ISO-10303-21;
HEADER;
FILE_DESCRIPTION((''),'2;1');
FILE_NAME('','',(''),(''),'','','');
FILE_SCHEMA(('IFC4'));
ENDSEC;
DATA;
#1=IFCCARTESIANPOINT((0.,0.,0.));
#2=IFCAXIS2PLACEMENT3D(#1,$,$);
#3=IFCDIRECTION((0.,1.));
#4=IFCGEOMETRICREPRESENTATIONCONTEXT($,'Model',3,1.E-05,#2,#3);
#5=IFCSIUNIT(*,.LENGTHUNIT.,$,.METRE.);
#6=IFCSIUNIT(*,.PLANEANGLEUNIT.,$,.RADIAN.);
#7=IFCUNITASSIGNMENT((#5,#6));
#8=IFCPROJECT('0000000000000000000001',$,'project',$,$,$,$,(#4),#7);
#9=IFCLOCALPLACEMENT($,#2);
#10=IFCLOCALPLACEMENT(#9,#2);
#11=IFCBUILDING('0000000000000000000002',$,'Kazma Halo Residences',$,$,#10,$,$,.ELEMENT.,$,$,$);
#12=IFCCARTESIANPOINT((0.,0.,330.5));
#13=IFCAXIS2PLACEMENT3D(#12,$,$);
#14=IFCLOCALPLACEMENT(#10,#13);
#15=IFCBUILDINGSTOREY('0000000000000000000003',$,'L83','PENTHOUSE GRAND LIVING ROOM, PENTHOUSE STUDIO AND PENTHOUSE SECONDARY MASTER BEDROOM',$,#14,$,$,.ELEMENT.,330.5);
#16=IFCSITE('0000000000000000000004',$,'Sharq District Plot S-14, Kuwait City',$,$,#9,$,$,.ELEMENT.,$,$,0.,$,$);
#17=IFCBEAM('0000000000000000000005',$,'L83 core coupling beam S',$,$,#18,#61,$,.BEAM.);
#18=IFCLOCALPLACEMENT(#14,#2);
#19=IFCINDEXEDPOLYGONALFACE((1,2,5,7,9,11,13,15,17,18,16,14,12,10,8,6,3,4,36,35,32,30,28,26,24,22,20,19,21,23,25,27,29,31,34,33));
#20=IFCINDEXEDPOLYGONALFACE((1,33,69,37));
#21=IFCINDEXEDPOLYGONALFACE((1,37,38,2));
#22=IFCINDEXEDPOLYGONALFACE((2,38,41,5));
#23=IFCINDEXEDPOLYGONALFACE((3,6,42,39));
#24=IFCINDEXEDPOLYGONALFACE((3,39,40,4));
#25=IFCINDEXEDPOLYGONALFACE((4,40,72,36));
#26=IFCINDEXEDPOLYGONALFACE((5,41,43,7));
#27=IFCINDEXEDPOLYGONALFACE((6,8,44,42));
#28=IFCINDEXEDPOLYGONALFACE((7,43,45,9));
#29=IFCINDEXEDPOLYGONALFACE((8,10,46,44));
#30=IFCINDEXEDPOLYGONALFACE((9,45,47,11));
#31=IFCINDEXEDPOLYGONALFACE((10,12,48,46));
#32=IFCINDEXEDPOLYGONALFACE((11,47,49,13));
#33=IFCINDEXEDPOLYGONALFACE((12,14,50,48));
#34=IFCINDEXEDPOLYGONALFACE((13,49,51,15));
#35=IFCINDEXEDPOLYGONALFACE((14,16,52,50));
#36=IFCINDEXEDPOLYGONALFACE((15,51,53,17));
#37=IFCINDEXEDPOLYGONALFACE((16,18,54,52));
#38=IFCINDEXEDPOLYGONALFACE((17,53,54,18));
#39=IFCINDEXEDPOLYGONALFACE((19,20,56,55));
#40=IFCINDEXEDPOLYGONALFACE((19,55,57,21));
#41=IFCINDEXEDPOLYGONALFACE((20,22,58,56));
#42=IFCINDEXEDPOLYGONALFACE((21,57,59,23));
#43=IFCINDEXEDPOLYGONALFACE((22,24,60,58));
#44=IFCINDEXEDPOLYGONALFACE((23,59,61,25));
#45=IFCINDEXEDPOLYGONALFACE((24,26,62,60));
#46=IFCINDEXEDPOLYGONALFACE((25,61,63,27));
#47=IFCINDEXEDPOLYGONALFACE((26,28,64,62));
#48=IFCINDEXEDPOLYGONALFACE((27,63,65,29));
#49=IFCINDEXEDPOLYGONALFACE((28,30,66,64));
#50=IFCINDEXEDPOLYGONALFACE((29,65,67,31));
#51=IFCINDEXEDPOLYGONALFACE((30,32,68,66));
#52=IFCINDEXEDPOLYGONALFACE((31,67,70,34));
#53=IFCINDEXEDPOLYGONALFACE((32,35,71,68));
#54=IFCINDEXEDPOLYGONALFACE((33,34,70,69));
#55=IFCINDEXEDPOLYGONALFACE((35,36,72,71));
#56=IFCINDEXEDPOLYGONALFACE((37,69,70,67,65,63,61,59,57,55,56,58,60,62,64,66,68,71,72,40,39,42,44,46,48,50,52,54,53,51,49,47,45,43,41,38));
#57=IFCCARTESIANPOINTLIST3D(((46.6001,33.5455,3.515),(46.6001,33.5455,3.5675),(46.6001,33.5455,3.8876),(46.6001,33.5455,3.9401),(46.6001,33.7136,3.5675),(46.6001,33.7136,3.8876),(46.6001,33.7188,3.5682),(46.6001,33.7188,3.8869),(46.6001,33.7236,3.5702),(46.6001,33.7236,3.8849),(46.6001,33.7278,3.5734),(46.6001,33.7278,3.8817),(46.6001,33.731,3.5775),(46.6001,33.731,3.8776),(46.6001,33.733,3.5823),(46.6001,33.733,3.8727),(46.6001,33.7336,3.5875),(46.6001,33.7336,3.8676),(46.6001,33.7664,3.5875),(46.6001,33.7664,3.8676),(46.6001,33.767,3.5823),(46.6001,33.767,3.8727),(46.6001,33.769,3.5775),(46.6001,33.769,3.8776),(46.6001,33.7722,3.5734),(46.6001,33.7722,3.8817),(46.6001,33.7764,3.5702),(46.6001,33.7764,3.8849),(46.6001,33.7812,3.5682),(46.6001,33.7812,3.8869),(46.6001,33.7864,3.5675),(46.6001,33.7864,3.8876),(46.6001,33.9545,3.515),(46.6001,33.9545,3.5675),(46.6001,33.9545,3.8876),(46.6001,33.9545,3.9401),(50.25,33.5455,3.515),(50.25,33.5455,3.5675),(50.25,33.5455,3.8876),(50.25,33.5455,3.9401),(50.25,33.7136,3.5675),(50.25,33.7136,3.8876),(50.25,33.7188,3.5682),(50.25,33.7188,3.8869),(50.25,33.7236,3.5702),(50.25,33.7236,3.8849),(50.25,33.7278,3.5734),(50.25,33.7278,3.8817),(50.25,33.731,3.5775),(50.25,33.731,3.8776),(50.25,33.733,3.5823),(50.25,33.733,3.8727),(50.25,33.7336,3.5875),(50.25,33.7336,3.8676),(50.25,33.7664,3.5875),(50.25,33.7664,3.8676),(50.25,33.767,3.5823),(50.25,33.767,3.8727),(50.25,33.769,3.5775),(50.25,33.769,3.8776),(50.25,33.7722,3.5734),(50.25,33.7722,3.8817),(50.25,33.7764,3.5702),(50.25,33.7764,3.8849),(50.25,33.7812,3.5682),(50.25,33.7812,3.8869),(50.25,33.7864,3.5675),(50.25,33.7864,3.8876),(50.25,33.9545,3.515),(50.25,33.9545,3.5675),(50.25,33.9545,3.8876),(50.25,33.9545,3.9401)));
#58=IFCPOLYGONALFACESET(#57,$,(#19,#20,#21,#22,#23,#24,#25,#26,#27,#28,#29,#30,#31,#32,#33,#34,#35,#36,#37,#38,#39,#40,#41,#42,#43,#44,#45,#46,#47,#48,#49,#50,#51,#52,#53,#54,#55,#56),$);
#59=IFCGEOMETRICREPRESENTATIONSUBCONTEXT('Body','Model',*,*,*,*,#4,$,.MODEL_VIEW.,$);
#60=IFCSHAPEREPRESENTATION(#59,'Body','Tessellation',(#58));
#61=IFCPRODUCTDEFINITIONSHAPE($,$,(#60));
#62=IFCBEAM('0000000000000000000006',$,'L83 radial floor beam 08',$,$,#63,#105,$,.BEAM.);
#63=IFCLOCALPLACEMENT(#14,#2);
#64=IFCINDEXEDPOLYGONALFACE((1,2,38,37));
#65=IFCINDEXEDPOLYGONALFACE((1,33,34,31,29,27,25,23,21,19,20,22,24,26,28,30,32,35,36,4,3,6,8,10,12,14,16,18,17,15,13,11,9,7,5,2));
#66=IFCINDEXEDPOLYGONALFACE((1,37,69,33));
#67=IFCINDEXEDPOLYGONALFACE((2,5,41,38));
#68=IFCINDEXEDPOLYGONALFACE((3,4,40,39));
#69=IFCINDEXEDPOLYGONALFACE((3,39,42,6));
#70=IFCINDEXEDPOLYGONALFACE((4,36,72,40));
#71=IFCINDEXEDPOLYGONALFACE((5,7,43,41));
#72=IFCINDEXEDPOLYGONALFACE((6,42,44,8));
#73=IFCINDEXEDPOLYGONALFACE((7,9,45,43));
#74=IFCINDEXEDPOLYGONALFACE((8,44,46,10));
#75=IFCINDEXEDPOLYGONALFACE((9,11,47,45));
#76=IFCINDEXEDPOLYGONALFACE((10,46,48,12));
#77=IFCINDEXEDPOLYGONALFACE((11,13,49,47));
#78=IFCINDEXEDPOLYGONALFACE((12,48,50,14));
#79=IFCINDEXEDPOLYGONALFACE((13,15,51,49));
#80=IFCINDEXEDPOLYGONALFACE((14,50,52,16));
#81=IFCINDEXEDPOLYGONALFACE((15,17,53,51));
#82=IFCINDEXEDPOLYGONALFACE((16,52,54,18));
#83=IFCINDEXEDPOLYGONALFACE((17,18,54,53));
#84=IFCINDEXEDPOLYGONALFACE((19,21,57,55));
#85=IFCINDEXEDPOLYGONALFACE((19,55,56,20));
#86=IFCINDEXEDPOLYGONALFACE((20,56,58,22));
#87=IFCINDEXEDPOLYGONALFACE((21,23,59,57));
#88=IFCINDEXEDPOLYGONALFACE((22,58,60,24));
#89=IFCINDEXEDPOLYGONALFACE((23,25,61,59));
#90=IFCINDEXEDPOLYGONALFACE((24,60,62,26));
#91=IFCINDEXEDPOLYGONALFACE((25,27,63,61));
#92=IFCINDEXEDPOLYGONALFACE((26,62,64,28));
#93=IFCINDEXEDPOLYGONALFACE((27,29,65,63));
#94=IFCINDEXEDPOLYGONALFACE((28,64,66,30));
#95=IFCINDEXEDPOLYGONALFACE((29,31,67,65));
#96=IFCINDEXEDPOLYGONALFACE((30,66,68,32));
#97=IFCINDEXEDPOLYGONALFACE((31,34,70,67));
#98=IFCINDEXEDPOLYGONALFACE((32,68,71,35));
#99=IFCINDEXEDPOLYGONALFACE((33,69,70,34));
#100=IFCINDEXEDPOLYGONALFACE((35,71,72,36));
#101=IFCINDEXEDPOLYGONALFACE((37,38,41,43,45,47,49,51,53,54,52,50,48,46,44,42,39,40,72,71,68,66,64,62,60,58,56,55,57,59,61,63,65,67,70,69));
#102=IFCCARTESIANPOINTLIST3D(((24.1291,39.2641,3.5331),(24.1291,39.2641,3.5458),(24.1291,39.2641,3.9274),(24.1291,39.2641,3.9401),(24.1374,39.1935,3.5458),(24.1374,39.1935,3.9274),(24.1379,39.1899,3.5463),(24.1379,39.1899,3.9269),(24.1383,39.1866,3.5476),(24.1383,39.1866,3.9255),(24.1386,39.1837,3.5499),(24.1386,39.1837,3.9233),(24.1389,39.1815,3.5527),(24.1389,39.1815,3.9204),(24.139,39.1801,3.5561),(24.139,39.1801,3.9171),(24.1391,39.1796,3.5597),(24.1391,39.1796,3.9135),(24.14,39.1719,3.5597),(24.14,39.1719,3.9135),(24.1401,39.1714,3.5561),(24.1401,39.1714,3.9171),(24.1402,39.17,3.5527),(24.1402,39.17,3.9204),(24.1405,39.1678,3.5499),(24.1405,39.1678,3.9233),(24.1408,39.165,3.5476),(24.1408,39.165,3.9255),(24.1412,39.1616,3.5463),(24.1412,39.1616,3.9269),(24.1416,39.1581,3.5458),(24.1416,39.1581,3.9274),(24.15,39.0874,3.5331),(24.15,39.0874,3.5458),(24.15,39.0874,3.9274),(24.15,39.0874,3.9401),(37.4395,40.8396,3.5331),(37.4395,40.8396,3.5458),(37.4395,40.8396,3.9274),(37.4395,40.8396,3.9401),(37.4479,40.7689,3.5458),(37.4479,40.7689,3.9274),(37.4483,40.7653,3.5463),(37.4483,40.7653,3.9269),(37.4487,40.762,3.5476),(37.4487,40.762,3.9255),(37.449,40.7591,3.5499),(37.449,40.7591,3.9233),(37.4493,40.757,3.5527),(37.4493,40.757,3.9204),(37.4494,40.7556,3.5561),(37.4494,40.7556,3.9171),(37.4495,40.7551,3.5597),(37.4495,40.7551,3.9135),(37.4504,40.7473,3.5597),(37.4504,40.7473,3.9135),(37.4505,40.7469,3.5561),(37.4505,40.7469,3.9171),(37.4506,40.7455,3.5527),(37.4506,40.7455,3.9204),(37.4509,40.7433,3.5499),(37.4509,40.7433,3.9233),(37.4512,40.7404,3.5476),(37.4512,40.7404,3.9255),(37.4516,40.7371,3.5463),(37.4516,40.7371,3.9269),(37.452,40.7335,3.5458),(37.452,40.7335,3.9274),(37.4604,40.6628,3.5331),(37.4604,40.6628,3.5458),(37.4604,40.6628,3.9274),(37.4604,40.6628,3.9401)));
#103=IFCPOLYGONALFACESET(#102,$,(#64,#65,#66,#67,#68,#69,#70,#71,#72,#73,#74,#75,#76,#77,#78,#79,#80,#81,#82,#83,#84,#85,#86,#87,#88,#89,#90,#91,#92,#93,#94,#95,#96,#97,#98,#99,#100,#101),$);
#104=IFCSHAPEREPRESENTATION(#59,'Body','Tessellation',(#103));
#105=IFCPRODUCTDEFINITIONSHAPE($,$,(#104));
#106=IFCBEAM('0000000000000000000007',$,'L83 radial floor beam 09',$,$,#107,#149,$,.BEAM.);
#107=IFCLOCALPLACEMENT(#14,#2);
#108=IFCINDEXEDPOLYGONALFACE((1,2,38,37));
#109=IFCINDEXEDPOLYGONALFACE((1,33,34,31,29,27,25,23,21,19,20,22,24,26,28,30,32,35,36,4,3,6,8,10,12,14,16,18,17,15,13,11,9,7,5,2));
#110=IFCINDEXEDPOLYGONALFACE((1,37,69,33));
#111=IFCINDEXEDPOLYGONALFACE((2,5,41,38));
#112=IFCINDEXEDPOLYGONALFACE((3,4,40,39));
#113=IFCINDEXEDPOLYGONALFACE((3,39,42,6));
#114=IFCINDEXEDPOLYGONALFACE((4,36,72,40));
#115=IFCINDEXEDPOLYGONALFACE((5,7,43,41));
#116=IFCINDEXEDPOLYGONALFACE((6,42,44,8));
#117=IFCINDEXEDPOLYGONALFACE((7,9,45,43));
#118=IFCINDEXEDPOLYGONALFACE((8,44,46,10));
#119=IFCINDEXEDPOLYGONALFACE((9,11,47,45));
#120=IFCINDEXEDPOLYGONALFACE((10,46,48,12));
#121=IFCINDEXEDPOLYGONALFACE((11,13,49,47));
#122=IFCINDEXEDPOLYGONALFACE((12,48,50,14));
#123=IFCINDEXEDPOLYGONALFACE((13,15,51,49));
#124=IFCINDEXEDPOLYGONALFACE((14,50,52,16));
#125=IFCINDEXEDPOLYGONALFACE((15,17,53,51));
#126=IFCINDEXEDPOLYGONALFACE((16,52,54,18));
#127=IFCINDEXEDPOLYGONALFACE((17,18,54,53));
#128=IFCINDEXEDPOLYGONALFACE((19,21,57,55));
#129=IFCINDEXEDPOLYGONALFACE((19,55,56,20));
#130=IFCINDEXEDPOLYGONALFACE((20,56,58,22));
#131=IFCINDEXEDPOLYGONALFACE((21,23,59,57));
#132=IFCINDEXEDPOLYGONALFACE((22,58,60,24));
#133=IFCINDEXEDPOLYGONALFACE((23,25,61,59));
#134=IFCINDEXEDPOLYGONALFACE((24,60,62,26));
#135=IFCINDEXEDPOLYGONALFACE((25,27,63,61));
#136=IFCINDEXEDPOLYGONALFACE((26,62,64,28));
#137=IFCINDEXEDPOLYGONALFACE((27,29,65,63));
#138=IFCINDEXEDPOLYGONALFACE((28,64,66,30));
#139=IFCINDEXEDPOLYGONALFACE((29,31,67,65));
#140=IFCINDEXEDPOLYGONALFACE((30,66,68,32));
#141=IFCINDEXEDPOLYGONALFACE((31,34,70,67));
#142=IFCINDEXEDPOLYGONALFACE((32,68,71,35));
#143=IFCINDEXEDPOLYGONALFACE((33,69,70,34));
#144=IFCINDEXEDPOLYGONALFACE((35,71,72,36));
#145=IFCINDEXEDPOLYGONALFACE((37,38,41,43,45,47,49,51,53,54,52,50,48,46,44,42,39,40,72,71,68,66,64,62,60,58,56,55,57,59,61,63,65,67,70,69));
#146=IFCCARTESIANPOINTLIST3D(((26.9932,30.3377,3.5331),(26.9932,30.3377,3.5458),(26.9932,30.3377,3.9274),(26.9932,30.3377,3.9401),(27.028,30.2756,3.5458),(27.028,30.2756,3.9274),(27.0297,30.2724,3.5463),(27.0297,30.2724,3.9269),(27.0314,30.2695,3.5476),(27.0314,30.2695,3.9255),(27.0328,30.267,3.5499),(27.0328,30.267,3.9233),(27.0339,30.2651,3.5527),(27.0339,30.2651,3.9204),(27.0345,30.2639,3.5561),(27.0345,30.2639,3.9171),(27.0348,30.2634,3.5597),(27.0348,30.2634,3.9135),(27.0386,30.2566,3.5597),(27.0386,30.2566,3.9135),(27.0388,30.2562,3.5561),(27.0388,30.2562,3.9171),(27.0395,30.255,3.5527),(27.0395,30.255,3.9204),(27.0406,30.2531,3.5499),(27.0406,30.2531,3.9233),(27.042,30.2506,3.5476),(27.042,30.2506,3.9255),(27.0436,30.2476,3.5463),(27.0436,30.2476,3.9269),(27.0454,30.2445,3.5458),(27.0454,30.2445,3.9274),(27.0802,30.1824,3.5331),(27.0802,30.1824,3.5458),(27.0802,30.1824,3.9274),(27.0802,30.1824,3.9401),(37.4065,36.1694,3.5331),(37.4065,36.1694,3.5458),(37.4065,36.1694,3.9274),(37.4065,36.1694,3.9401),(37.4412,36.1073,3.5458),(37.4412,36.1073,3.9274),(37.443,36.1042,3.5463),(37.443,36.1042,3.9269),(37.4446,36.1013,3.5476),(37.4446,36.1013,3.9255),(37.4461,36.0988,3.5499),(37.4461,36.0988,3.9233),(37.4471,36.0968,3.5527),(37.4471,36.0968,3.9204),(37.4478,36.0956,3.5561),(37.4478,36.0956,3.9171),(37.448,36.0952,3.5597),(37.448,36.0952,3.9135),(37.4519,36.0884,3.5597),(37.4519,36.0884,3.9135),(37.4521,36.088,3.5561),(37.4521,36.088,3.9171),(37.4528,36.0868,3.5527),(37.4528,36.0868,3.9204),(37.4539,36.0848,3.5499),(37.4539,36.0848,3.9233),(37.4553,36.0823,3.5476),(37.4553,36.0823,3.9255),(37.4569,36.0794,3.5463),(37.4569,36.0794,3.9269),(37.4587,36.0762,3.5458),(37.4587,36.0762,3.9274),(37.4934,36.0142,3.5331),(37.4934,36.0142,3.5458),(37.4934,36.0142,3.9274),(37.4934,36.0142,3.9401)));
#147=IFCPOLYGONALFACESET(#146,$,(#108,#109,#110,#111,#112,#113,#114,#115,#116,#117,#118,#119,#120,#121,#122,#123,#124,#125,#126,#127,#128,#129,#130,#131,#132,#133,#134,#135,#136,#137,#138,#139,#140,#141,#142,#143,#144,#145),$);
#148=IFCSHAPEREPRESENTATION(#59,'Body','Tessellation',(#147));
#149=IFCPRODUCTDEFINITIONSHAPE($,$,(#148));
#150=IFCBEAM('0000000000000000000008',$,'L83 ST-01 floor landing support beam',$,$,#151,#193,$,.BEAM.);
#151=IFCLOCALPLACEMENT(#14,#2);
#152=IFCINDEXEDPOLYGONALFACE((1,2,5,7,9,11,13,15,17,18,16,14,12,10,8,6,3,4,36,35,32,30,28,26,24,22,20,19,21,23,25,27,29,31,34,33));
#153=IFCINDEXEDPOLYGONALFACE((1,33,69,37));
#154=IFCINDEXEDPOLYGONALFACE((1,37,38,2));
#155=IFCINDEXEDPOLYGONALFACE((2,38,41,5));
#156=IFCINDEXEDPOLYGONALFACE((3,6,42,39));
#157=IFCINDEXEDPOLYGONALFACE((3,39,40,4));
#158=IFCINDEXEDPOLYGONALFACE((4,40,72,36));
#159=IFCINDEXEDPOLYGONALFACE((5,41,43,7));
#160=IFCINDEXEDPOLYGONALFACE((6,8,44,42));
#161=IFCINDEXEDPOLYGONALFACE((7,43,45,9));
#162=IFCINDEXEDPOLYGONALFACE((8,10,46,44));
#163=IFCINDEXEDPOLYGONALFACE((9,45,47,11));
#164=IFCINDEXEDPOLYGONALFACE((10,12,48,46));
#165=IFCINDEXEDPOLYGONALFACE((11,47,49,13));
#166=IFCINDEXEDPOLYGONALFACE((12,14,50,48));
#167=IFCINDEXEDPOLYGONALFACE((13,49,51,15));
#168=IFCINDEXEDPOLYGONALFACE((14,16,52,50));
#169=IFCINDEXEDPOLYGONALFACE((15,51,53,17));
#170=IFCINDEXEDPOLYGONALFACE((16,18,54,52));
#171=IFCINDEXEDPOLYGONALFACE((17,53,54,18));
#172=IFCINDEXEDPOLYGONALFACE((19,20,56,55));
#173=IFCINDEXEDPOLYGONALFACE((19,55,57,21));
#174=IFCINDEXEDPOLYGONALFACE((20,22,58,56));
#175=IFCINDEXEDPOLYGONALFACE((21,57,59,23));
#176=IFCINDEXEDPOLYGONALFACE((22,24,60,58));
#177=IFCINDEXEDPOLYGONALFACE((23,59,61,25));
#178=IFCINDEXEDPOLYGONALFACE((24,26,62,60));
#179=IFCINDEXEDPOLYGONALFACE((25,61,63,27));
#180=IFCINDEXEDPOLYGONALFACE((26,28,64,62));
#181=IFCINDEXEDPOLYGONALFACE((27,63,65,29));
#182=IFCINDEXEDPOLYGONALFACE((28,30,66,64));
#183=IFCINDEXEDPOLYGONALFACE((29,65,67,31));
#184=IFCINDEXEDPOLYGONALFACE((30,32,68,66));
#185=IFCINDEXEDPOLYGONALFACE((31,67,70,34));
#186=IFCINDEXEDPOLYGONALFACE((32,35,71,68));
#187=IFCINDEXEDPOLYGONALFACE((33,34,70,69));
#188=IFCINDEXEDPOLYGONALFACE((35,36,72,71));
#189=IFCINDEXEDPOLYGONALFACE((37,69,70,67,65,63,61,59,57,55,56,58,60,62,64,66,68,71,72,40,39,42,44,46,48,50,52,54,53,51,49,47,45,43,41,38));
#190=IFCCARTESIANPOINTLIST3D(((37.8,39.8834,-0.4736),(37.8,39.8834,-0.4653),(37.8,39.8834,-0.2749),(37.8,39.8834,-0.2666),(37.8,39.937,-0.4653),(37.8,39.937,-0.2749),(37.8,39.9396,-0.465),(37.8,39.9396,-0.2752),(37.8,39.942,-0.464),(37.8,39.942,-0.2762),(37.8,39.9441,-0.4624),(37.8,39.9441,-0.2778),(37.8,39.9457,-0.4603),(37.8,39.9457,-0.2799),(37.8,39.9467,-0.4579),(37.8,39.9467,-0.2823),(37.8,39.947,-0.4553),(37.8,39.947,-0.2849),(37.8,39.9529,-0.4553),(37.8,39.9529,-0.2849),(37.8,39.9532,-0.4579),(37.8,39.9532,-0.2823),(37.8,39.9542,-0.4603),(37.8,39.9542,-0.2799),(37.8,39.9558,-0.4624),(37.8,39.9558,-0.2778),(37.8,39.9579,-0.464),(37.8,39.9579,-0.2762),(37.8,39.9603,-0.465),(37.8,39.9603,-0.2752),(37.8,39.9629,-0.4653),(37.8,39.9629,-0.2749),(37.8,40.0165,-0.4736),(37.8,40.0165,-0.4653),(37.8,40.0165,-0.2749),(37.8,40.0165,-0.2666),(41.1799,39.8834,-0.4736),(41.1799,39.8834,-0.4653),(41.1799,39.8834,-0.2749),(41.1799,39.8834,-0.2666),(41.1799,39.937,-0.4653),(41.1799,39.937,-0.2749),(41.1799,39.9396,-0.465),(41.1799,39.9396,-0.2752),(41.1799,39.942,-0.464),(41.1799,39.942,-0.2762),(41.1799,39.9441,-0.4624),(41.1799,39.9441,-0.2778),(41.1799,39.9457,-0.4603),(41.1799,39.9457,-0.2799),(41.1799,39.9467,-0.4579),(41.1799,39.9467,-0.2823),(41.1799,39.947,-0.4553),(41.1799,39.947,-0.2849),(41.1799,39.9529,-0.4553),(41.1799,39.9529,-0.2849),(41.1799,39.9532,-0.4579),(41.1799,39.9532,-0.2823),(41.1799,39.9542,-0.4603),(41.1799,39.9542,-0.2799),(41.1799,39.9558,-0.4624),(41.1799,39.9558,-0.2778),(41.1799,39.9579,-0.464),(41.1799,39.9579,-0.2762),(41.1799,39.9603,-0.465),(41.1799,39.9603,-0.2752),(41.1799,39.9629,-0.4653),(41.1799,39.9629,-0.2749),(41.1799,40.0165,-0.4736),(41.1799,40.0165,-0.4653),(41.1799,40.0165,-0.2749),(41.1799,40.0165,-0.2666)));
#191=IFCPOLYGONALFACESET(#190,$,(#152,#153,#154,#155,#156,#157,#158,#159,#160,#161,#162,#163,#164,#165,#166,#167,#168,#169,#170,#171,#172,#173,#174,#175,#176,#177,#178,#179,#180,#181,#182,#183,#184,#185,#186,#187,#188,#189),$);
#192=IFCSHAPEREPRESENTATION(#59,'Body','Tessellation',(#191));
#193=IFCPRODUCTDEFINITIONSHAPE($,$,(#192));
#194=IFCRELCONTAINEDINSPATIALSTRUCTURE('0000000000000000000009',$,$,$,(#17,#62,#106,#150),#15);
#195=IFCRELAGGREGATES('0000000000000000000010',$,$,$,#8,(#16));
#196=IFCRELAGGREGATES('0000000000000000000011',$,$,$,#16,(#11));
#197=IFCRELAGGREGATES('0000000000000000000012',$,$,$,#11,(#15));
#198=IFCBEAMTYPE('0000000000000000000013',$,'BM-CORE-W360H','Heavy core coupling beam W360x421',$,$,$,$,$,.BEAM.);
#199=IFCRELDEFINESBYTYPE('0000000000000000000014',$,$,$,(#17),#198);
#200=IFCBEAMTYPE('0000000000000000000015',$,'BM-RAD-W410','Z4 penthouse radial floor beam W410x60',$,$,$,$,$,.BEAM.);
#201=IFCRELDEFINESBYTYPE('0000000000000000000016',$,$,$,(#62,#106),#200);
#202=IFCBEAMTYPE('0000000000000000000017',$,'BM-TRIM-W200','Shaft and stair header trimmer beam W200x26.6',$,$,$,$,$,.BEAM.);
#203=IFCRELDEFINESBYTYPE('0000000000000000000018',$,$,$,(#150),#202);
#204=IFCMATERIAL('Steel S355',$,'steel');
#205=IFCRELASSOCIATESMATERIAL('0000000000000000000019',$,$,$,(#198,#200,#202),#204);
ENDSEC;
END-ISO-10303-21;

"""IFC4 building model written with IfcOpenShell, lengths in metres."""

from ifc_helpers import new_model, si_unit, direction, frame, origin, origin_2d, place, context, subcontext, project, spatial, i_section, extrude, material, material_profile, profile_set, type_object, element, save


model = new_model("IFC4")

# Units and contexts
model_context = context("Model", 3, precision=1e-05, world=origin(), true_north=direction((0.0, 1.0)))
body_context = subcontext(model_context, "Body", "Model", "MODEL_VIEW")
ifc_project = project(units=[si_unit("LENGTHUNIT", "METRE"), si_unit("PLANEANGLEUNIT", "RADIAN")], contexts=[model_context])

# Site, building, storey
site_placement = place(None, origin())
site = spatial("IfcSite", under=ifc_project, at=site_placement, Name="Sharq District Plot S-14, Kuwait City", CompositionType="ELEMENT", RefElevation=0.0)
building_placement = place(site_placement, origin())
building = spatial("IfcBuilding", under=site, at=building_placement, Name="Kazma Halo Residences", CompositionType="ELEMENT")
storey_placement = place(building_placement, frame((0.0, 0.0, 330.5)))
storey = spatial("IfcBuildingStorey", under=building, at=storey_placement, Name="L83", Description="PENTHOUSE GRAND LIVING ROOM, PENTHOUSE STUDIO AND PENTHOUSE SECONDARY MASTER BEDROOM", CompositionType="ELEMENT", Elevation=330.5)

# Beams
ifc_material_1 = material(Name="Steel S355", Category="steel")
ifc_material_profile_1 = material_profile(ifc_material_1, i_section(OverallWidth=0.4089, OverallDepth=0.425, WebThickness=0.0327, FlangeThickness=0.0525, FilletRadius=0.02, at=origin_2d()), Name="W360x421")
ifc_profile_set_1 = profile_set([ifc_material_profile_1], Name="Steel S355")
beam_type_1 = type_object("IfcBeamType", Name="BM-CORE-W360H", Description="Heavy core coupling beam W360x421", PredefinedType="BEAM", material=ifc_profile_set_1)
beam_1_placement = place(storey_placement, frame((46.6001, 33.75, 3.7275), z_axis=(1.0, 0.0, 0.0), x_axis=(0.0, 1.0, 0.0)))
element("IfcBeam", 1, at=beam_1_placement, inside=storey, type_object=beam_type_1, Name="L83 core coupling beam S", PredefinedType="BEAM", context=body_context, shape_type="SweptSolid", body=[
    extrude(i_section(OverallWidth=0.4089, OverallDepth=0.425, WebThickness=0.0327, FlangeThickness=0.0525, FilletRadius=0.02, at=origin_2d()), origin(), (0.0, 0.0, 1.0), 3.6499),
])
ifc_material_profile_2 = material_profile(ifc_material_1, i_section(OverallWidth=0.178, OverallDepth=0.407, WebThickness=0.0078, FlangeThickness=0.0127, FilletRadius=0.0139, at=origin_2d()), Name="W410x60")
ifc_profile_set_2 = profile_set([ifc_material_profile_2], Name="Steel S355")
beam_type_2 = type_object("IfcBeamType", Name="BM-RAD-W410", Description="Z4 penthouse radial floor beam W410x60", PredefinedType="BEAM", material=ifc_profile_set_2)
beam_2_placement = place(storey_placement, frame((37.45, 40.7512, 3.7366), z_axis=(-0.993068, -0.117542, 0.0), x_axis=(0.117542, -0.993068, 0.0)))
element("IfcBeam", 2, at=beam_2_placement, inside=storey, type_object=beam_type_2, Name="L83 radial floor beam 08", PredefinedType="BEAM", context=body_context, shape_type="SweptSolid", body=[
    extrude(i_section(OverallWidth=0.178, OverallDepth=0.407, WebThickness=0.0078, FlangeThickness=0.0127, FilletRadius=0.0139, at=origin_2d()), origin(), (0.0, 0.0, 1.0), 13.4033),
])
beam_3_placement = place(storey_placement, frame((37.45, 36.0918, 3.7366), z_axis=(-0.872495, -0.488624, 0.0), x_axis=(0.488624, -0.872495, 0.0)))
element("IfcBeam", 3, at=beam_3_placement, inside=storey, type_object=beam_type_2, Name="L83 radial floor beam 09", PredefinedType="BEAM", context=body_context, shape_type="SweptSolid", body=[
    extrude(i_section(OverallWidth=0.178, OverallDepth=0.407, WebThickness=0.0078, FlangeThickness=0.0127, FilletRadius=0.0139, at=origin_2d()), origin(), (0.0, 0.0, 1.0), 11.9351),
])
ifc_material_profile_3 = material_profile(ifc_material_1, i_section(OverallWidth=0.1331, OverallDepth=0.207, WebThickness=0.0059, FlangeThickness=0.0083, FilletRadius=0.01, at=origin_2d()), Name="W200x26.6")
ifc_profile_set_3 = profile_set([ifc_material_profile_3], Name="Steel S355")
beam_type_3 = type_object("IfcBeamType", Name="BM-TRIM-W200", Description="Shaft and stair header trimmer beam W200x26.6", PredefinedType="BEAM", material=ifc_profile_set_3)
beam_4_placement = place(storey_placement, frame((37.8, 39.95, -0.3701), z_axis=(1.0, 0.0, 0.0), x_axis=(0.0, 1.0, 0.0)))
element("IfcBeam", 4, at=beam_4_placement, inside=storey, type_object=beam_type_3, Name="L83 ST-01 floor landing support beam", PredefinedType="BEAM", context=body_context, shape_type="SweptSolid", body=[
    extrude(i_section(OverallWidth=0.1331, OverallDepth=0.207, WebThickness=0.0059, FlangeThickness=0.0083, FilletRadius=0.01, at=origin_2d()), origin(), (0.0, 0.0, 1.0), 3.3799),
])

save(model, "model.ifc")
